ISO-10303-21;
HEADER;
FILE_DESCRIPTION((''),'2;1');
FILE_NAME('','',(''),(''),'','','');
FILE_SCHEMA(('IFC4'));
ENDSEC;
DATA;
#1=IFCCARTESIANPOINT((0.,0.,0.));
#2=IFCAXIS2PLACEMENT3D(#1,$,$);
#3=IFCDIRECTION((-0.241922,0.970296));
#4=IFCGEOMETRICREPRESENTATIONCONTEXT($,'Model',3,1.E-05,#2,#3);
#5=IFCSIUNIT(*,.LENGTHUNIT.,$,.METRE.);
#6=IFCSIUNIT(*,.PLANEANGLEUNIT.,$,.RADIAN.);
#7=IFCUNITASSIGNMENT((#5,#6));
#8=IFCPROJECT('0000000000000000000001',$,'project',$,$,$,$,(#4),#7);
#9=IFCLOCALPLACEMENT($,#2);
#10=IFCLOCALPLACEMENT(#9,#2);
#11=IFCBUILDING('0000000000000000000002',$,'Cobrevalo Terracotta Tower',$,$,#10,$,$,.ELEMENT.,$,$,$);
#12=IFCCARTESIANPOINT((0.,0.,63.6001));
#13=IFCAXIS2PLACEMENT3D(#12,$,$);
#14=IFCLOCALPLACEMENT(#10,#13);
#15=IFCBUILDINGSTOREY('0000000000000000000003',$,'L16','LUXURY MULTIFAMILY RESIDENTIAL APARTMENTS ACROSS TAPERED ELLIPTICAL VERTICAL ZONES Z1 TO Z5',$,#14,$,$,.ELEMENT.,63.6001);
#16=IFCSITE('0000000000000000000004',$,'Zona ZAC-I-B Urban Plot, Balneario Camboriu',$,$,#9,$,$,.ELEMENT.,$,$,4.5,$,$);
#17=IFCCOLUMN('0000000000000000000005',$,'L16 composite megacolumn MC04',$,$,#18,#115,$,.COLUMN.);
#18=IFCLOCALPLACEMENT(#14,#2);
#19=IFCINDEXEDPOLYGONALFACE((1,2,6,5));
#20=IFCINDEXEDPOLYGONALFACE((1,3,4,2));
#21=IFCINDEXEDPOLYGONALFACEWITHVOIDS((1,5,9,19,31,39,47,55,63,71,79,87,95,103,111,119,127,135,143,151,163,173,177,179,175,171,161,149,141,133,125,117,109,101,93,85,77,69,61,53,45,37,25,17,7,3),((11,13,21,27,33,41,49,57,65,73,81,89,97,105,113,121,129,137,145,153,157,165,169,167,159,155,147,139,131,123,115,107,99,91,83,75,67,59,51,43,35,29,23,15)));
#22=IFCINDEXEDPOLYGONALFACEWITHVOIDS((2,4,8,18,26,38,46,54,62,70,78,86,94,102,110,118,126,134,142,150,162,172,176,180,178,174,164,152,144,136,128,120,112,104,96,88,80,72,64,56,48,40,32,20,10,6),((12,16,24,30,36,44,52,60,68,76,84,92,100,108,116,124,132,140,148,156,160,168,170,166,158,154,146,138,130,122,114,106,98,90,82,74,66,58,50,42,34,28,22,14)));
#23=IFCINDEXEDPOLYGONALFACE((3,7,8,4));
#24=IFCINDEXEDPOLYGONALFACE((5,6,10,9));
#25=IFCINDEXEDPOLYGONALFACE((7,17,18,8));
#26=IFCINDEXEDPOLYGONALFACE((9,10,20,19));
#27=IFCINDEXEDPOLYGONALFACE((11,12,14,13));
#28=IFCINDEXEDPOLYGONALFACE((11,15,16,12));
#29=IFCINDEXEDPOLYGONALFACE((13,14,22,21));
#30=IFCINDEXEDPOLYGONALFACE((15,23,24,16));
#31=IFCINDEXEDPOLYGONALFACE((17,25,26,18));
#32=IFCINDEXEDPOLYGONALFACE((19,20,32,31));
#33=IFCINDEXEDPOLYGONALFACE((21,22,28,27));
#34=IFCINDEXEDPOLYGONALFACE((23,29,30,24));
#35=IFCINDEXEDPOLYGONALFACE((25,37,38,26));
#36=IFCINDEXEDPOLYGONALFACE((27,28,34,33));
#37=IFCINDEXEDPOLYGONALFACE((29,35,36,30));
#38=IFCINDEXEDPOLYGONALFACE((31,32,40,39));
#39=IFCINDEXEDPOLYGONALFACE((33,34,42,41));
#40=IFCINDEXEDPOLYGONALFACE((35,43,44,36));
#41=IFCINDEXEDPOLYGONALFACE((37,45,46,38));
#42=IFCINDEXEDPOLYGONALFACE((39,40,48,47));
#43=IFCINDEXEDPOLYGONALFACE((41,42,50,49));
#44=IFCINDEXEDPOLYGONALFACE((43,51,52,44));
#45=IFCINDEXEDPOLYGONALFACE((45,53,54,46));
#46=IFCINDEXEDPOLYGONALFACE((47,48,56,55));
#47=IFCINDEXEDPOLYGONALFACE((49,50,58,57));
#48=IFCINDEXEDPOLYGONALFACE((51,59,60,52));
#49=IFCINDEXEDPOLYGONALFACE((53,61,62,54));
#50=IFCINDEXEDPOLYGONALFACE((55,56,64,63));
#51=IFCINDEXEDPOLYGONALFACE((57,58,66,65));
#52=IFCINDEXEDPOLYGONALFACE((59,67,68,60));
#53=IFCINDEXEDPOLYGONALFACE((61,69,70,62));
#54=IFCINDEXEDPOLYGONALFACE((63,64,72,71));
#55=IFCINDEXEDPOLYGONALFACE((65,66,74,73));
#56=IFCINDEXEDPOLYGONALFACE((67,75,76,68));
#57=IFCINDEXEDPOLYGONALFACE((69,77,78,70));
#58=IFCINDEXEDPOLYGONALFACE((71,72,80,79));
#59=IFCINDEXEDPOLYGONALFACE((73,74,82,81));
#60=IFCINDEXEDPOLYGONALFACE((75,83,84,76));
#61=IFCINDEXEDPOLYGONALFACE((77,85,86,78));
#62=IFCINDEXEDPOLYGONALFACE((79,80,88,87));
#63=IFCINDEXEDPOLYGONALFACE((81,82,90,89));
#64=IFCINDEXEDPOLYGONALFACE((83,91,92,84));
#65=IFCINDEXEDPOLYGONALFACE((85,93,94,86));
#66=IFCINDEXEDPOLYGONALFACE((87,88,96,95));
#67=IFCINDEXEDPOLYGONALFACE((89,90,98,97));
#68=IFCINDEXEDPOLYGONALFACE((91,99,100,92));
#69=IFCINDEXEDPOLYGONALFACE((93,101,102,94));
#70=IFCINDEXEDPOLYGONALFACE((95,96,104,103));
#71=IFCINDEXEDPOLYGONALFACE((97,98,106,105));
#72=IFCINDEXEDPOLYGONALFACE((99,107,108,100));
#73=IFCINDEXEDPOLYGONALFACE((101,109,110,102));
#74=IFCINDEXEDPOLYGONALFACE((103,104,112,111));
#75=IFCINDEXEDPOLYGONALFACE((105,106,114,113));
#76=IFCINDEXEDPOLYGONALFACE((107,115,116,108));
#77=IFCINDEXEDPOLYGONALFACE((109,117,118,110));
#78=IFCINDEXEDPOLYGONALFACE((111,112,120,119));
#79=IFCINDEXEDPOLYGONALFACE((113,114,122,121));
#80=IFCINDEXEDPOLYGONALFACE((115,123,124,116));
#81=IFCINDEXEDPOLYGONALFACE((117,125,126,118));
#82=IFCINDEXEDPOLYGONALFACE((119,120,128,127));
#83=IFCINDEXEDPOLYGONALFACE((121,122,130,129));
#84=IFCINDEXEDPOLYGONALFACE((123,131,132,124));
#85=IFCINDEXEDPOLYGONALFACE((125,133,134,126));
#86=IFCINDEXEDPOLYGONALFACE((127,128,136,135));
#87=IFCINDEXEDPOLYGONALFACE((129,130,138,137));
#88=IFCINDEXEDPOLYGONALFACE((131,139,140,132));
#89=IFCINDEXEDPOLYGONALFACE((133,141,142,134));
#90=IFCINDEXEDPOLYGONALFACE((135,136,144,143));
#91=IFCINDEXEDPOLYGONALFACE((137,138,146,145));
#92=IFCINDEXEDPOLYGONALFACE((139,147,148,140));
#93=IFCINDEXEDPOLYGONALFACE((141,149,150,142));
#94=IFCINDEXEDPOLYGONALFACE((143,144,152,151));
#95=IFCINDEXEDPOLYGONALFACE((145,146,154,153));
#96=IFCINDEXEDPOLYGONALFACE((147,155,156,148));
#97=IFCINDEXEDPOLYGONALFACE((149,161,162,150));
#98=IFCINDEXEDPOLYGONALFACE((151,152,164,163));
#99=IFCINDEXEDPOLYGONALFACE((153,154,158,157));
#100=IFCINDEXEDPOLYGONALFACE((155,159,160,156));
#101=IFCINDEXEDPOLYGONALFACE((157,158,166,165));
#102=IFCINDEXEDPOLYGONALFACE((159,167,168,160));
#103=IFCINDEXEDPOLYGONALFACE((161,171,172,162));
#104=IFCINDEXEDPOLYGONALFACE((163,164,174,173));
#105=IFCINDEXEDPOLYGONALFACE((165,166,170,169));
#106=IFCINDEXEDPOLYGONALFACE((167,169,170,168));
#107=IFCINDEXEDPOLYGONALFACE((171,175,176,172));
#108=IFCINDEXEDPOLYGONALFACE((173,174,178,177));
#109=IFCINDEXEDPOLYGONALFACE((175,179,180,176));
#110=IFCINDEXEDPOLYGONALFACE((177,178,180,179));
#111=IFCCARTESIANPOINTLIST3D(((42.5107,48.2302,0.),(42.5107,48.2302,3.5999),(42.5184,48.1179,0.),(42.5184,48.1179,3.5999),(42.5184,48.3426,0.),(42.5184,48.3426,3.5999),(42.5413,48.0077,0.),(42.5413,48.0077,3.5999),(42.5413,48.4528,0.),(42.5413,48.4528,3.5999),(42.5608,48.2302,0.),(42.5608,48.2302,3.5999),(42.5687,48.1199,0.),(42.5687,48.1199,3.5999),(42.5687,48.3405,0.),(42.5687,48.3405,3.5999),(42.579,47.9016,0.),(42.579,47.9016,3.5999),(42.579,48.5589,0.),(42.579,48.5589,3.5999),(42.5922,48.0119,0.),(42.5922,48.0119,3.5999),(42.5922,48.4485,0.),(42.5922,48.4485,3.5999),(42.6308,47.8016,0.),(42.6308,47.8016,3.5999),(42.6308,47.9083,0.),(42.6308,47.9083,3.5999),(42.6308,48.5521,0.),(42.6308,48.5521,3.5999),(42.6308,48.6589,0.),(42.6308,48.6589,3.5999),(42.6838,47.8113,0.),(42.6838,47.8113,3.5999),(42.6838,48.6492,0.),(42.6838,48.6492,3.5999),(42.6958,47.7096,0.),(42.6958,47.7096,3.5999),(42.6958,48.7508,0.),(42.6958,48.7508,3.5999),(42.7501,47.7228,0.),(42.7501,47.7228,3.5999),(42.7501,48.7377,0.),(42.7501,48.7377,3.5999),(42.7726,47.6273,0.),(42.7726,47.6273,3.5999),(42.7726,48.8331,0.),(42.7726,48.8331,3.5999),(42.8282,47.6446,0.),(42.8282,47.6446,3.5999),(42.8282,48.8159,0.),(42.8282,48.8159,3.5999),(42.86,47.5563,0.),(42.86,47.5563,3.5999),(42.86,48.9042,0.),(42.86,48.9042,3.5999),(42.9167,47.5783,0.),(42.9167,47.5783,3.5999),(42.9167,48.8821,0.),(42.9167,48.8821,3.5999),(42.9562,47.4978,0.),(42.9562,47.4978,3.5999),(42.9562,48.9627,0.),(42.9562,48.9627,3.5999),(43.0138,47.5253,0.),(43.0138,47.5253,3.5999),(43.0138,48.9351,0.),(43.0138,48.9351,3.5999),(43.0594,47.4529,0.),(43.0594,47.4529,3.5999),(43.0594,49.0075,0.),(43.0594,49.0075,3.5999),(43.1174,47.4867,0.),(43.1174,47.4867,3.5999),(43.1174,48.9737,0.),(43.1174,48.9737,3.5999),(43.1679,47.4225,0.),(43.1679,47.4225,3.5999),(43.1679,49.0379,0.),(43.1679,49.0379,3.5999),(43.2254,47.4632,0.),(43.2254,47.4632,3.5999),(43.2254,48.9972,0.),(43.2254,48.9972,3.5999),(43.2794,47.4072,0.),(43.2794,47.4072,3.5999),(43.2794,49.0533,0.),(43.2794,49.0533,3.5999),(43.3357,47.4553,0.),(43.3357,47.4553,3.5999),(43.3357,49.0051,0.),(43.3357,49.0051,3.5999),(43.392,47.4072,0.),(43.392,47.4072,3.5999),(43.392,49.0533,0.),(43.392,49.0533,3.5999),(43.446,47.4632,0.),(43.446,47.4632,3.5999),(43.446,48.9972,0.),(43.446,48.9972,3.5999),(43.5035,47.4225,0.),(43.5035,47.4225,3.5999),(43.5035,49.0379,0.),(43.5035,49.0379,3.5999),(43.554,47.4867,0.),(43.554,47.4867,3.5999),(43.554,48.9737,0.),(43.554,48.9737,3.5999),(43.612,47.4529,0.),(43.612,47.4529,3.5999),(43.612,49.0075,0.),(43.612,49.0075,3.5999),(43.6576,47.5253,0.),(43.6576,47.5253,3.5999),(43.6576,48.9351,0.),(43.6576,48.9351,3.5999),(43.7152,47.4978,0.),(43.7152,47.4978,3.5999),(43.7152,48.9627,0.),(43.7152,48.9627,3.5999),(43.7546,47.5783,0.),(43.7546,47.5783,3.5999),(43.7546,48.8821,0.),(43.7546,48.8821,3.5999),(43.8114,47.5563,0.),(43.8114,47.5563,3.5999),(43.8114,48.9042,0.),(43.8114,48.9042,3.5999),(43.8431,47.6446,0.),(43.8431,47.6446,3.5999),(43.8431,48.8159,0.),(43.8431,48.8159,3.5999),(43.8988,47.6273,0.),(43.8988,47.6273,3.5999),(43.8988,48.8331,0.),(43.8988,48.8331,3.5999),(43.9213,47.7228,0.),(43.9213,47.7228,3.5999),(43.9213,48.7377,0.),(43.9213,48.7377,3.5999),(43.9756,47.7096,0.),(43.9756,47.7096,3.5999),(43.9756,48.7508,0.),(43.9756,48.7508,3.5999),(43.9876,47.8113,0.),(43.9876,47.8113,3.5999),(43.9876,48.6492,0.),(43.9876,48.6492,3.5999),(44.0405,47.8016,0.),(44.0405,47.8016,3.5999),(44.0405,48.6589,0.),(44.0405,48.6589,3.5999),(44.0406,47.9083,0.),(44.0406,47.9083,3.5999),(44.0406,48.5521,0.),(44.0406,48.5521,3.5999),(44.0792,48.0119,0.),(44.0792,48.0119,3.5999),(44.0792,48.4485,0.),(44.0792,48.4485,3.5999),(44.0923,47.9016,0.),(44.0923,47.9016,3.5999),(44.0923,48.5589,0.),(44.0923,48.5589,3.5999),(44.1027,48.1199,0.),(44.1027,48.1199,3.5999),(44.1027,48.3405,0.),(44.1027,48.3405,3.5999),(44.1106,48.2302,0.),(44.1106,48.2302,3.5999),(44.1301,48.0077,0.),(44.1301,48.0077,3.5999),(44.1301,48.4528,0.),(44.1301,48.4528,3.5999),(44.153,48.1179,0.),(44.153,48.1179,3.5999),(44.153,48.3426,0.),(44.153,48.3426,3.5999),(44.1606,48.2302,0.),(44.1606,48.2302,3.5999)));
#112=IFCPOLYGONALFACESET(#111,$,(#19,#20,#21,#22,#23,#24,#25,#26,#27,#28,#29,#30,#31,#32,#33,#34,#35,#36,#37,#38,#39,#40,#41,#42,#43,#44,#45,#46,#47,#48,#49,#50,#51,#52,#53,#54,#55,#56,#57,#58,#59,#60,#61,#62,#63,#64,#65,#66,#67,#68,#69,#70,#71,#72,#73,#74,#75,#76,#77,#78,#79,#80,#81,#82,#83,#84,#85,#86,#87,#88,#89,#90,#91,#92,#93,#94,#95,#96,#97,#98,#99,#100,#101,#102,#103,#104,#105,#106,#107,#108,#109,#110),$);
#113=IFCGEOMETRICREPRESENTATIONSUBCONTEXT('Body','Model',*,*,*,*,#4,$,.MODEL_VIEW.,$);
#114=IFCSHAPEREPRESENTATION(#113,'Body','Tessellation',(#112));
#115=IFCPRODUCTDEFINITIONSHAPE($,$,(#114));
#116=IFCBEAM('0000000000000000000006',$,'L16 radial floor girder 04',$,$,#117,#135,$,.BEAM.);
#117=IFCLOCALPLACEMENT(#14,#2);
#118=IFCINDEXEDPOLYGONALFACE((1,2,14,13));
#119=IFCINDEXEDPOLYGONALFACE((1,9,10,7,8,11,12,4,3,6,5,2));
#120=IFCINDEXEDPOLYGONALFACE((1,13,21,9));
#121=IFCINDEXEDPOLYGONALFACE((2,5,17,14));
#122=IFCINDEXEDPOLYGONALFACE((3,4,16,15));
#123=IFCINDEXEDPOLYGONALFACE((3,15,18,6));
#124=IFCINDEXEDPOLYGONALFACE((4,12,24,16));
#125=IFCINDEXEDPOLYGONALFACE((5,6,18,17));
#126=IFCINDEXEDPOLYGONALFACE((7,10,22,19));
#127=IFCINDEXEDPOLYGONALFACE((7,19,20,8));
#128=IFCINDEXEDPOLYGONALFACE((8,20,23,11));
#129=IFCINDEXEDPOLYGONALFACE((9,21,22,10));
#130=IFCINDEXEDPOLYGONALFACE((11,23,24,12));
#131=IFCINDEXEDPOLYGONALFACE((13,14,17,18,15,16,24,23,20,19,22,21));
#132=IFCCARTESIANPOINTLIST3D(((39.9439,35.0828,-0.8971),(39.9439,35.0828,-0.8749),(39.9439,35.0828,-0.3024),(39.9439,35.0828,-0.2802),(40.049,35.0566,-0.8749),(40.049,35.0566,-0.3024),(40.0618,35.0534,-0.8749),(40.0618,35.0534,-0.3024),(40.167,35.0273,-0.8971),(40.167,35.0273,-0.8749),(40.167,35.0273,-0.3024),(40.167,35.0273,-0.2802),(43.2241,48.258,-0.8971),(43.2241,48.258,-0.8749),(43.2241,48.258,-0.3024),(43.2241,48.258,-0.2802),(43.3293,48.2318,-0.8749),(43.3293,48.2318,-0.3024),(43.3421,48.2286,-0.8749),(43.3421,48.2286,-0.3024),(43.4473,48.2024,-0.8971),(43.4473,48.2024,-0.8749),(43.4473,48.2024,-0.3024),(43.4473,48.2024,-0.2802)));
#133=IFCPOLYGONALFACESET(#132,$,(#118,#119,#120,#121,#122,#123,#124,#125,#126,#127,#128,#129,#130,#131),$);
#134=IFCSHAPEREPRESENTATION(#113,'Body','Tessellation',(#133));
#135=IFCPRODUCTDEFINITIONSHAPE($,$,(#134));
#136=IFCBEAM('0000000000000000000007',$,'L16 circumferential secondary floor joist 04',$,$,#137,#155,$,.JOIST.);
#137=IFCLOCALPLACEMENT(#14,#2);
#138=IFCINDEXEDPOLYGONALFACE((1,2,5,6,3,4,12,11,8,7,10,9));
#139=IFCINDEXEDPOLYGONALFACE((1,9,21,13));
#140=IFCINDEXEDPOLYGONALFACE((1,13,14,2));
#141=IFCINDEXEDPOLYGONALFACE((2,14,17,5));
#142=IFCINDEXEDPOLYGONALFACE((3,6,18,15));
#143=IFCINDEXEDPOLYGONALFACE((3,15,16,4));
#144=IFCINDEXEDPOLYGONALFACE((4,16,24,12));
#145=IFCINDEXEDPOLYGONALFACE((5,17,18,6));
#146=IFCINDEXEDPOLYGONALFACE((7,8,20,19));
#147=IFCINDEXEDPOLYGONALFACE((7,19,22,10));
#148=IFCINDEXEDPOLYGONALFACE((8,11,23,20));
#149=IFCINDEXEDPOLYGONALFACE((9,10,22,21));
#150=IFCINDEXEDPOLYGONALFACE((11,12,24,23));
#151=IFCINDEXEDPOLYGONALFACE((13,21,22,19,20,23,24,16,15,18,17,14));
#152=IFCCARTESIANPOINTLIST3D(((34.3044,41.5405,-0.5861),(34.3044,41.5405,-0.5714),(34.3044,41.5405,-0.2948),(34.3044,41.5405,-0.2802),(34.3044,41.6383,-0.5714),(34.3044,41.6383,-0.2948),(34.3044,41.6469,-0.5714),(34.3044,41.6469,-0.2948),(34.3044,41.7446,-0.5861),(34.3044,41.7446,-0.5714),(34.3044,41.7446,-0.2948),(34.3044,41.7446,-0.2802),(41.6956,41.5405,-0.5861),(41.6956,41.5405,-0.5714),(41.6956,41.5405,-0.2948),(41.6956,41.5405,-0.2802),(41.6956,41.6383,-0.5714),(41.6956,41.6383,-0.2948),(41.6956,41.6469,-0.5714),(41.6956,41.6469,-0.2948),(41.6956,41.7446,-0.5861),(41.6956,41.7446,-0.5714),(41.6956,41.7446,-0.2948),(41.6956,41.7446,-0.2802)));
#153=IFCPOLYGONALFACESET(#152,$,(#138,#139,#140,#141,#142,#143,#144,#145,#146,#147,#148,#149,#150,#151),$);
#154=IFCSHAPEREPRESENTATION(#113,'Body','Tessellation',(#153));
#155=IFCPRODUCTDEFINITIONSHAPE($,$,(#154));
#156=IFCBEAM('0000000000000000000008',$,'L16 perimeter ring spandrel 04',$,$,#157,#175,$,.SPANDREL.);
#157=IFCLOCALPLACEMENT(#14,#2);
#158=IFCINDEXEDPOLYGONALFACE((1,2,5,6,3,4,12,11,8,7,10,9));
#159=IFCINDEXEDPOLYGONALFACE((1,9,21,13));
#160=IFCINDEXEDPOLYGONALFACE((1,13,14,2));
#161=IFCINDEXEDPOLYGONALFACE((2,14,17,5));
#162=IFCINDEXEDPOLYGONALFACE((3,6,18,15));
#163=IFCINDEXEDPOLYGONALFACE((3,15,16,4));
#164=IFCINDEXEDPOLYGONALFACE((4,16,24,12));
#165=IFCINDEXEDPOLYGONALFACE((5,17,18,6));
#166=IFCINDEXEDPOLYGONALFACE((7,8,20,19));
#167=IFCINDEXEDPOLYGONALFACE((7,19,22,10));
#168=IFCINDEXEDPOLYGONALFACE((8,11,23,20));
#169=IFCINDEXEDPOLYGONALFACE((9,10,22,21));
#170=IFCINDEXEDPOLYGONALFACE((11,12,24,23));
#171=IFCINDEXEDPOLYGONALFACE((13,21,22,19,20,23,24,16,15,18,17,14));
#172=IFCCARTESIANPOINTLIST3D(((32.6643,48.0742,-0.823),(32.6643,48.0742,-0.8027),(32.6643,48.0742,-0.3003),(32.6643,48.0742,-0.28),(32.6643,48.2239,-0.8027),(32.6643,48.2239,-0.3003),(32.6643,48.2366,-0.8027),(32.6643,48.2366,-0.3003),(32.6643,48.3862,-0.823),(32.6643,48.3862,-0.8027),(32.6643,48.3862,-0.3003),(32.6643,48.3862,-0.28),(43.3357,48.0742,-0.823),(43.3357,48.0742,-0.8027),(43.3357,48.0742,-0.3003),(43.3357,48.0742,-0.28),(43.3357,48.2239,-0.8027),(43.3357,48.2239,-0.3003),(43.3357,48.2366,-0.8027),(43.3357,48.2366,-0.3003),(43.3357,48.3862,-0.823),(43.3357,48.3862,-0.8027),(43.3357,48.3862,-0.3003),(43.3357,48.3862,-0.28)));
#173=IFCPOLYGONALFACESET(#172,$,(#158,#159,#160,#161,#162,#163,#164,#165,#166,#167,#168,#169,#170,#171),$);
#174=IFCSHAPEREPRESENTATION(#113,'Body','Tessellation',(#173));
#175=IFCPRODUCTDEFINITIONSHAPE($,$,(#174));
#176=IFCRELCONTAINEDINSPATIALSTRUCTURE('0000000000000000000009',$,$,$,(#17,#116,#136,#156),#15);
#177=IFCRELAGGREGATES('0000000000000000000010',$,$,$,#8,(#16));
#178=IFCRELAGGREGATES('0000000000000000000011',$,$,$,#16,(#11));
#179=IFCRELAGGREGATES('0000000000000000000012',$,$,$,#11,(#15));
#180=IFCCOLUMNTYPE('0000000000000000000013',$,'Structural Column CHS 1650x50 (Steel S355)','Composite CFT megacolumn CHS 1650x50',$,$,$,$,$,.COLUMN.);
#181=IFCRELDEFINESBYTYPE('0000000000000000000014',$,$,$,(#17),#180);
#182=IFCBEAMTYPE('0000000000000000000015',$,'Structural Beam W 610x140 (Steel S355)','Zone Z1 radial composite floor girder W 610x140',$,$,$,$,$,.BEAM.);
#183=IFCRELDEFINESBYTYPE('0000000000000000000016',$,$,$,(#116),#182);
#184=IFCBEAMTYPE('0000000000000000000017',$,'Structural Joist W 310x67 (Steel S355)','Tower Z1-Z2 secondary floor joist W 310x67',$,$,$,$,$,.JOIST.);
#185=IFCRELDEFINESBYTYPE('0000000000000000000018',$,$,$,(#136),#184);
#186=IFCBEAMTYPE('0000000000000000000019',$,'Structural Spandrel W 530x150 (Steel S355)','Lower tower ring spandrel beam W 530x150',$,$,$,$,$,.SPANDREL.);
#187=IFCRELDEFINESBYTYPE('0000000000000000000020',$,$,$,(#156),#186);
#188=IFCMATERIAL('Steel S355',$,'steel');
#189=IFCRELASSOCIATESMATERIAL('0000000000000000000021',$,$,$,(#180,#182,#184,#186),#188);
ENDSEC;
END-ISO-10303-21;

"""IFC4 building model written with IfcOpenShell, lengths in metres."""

from ifc_helpers import new_model, si_unit, direction, frame, origin, origin_2d, place, context, subcontext, project, spatial, hollow_circle, i_section, extrude, material, material_profile, profile_set, type_object, element, save


model = new_model("IFC4")

# Units and contexts
model_context = context("Model", 3, precision=1e-05, world=origin(), true_north=direction((-0.241922, 0.970296)))
body_context = subcontext(model_context, "Body", "Model", "MODEL_VIEW")
ifc_project = project(units=[si_unit("LENGTHUNIT", "METRE"), si_unit("PLANEANGLEUNIT", "RADIAN")], contexts=[model_context])

# Site, building, storey
site_placement = place(None, origin())
site = spatial("IfcSite", under=ifc_project, at=site_placement, Name="Zona ZAC-I-B Urban Plot, Balneario Camboriu", CompositionType="ELEMENT", RefElevation=4.5)
building_placement = place(site_placement, origin())
building = spatial("IfcBuilding", under=site, at=building_placement, Name="Cobrevalo Terracotta Tower", CompositionType="ELEMENT")
storey_placement = place(building_placement, frame((0.0, 0.0, 63.6001)))
storey = spatial("IfcBuildingStorey", under=building, at=storey_placement, Name="L16", Description="LUXURY MULTIFAMILY RESIDENTIAL APARTMENTS ACROSS TAPERED ELLIPTICAL VERTICAL ZONES Z1 TO Z5", CompositionType="ELEMENT", Elevation=63.6001)

# Column
ifc_material_1 = material(Name="Steel S355", Category="steel")
ifc_material_profile_1 = material_profile(ifc_material_1, hollow_circle(Radius=0.825, WallThickness=0.05, at=origin_2d()), Name="CHS 1650x50")
ifc_profile_set_1 = profile_set([ifc_material_profile_1], Name="Steel S355")
column_type = type_object("IfcColumnType", Name="Structural Column CHS 1650x50 (Steel S355)", Description="Composite CFT megacolumn CHS 1650x50", PredefinedType="COLUMN", material=ifc_profile_set_1)
column_placement = place(storey_placement, frame((43.3357, 48.2302, 0.0), z_axis=(0.0, 0.0, 1.0), x_axis=(1.0, 0.0, 0.0)))
element("IfcColumn", 1, at=column_placement, inside=storey, type_object=column_type, Name="L16 composite megacolumn MC04", PredefinedType="COLUMN", context=body_context, shape_type="SweptSolid", body=[
    extrude(hollow_circle(Radius=0.825, WallThickness=0.05, at=origin_2d()), origin(), (0.0, 0.0, 1.0), 3.5999),
])

# Beams
ifc_material_profile_2 = material_profile(ifc_material_1, i_section(OverallWidth=0.23, OverallDepth=0.6169, WebThickness=0.0132, FlangeThickness=0.0222, at=origin_2d()), Name="W 610x140")
ifc_profile_set_2 = profile_set([ifc_material_profile_2], Name="Steel S355")
beam_type_1 = type_object("IfcBeamType", Name="Structural Beam W 610x140 (Steel S355)", Description="Zone Z1 radial composite floor girder W 610x140", PredefinedType="BEAM", material=ifc_profile_set_2)
beam_1_placement = place(storey_placement, frame((43.3357, 48.2302, -0.5886), z_axis=(-0.241596, -0.970377, 0.0), x_axis=(0.970377, -0.241596, 0.0)))
element("IfcBeam", 2, at=beam_1_placement, inside=storey, type_object=beam_type_1, Name="L16 radial floor girder 04", PredefinedType="BEAM", context=body_context, shape_type="SweptSolid", body=[
    extrude(i_section(OverallWidth=0.23, OverallDepth=0.6169, WebThickness=0.0132, FlangeThickness=0.0222, at=origin_2d()), origin(), (0.0, 0.0, 1.0), 13.5774),
])
ifc_material_profile_3 = material_profile(ifc_material_1, i_section(OverallWidth=0.2041, OverallDepth=0.3059, WebThickness=0.0085, FlangeThickness=0.0146, at=origin_2d()), Name="W 310x67")
ifc_profile_set_3 = profile_set([ifc_material_profile_3], Name="Steel S355")
beam_type_2 = type_object("IfcBeamType", Name="Structural Joist W 310x67 (Steel S355)", Description="Tower Z1-Z2 secondary floor joist W 310x67", PredefinedType="JOIST", material=ifc_profile_set_3)
beam_2_placement = place(storey_placement, frame((41.6956, 41.6426, -0.4331), z_axis=(-1.0, 0.0, 0.0), x_axis=(0.0, -1.0, 0.0)))
element("IfcBeam", 3, at=beam_2_placement, inside=storey, type_object=beam_type_2, Name="L16 circumferential secondary floor joist 04", PredefinedType="JOIST", context=body_context, shape_type="SweptSolid", body=[
    extrude(i_section(OverallWidth=0.2041, OverallDepth=0.3059, WebThickness=0.0085, FlangeThickness=0.0146, at=origin_2d()), origin(), (0.0, 0.0, 1.0), 7.3911),
])
ifc_material_profile_4 = material_profile(ifc_material_1, i_section(OverallWidth=0.312, OverallDepth=0.543, WebThickness=0.0127, FlangeThickness=0.0203, at=origin_2d()), Name="W 530x150")
ifc_profile_set_4 = profile_set([ifc_material_profile_4], Name="Steel S355")
beam_type_3 = type_object("IfcBeamType", Name="Structural Spandrel W 530x150 (Steel S355)", Description="Lower tower ring spandrel beam W 530x150", PredefinedType="SPANDREL", material=ifc_profile_set_4)
beam_3_placement = place(storey_placement, frame((43.3357, 48.2302, -0.5515), z_axis=(-1.0, 0.0, 0.0), x_axis=(0.0, -1.0, 0.0)))
element("IfcBeam", 4, at=beam_3_placement, inside=storey, type_object=beam_type_3, Name="L16 perimeter ring spandrel 04", PredefinedType="SPANDREL", context=body_context, shape_type="SweptSolid", body=[
    extrude(i_section(OverallWidth=0.312, OverallDepth=0.543, WebThickness=0.0127, FlangeThickness=0.0203, at=origin_2d()), origin(), (0.0, 0.0, 1.0), 10.6714),
])

save(model, "model.ifc")
